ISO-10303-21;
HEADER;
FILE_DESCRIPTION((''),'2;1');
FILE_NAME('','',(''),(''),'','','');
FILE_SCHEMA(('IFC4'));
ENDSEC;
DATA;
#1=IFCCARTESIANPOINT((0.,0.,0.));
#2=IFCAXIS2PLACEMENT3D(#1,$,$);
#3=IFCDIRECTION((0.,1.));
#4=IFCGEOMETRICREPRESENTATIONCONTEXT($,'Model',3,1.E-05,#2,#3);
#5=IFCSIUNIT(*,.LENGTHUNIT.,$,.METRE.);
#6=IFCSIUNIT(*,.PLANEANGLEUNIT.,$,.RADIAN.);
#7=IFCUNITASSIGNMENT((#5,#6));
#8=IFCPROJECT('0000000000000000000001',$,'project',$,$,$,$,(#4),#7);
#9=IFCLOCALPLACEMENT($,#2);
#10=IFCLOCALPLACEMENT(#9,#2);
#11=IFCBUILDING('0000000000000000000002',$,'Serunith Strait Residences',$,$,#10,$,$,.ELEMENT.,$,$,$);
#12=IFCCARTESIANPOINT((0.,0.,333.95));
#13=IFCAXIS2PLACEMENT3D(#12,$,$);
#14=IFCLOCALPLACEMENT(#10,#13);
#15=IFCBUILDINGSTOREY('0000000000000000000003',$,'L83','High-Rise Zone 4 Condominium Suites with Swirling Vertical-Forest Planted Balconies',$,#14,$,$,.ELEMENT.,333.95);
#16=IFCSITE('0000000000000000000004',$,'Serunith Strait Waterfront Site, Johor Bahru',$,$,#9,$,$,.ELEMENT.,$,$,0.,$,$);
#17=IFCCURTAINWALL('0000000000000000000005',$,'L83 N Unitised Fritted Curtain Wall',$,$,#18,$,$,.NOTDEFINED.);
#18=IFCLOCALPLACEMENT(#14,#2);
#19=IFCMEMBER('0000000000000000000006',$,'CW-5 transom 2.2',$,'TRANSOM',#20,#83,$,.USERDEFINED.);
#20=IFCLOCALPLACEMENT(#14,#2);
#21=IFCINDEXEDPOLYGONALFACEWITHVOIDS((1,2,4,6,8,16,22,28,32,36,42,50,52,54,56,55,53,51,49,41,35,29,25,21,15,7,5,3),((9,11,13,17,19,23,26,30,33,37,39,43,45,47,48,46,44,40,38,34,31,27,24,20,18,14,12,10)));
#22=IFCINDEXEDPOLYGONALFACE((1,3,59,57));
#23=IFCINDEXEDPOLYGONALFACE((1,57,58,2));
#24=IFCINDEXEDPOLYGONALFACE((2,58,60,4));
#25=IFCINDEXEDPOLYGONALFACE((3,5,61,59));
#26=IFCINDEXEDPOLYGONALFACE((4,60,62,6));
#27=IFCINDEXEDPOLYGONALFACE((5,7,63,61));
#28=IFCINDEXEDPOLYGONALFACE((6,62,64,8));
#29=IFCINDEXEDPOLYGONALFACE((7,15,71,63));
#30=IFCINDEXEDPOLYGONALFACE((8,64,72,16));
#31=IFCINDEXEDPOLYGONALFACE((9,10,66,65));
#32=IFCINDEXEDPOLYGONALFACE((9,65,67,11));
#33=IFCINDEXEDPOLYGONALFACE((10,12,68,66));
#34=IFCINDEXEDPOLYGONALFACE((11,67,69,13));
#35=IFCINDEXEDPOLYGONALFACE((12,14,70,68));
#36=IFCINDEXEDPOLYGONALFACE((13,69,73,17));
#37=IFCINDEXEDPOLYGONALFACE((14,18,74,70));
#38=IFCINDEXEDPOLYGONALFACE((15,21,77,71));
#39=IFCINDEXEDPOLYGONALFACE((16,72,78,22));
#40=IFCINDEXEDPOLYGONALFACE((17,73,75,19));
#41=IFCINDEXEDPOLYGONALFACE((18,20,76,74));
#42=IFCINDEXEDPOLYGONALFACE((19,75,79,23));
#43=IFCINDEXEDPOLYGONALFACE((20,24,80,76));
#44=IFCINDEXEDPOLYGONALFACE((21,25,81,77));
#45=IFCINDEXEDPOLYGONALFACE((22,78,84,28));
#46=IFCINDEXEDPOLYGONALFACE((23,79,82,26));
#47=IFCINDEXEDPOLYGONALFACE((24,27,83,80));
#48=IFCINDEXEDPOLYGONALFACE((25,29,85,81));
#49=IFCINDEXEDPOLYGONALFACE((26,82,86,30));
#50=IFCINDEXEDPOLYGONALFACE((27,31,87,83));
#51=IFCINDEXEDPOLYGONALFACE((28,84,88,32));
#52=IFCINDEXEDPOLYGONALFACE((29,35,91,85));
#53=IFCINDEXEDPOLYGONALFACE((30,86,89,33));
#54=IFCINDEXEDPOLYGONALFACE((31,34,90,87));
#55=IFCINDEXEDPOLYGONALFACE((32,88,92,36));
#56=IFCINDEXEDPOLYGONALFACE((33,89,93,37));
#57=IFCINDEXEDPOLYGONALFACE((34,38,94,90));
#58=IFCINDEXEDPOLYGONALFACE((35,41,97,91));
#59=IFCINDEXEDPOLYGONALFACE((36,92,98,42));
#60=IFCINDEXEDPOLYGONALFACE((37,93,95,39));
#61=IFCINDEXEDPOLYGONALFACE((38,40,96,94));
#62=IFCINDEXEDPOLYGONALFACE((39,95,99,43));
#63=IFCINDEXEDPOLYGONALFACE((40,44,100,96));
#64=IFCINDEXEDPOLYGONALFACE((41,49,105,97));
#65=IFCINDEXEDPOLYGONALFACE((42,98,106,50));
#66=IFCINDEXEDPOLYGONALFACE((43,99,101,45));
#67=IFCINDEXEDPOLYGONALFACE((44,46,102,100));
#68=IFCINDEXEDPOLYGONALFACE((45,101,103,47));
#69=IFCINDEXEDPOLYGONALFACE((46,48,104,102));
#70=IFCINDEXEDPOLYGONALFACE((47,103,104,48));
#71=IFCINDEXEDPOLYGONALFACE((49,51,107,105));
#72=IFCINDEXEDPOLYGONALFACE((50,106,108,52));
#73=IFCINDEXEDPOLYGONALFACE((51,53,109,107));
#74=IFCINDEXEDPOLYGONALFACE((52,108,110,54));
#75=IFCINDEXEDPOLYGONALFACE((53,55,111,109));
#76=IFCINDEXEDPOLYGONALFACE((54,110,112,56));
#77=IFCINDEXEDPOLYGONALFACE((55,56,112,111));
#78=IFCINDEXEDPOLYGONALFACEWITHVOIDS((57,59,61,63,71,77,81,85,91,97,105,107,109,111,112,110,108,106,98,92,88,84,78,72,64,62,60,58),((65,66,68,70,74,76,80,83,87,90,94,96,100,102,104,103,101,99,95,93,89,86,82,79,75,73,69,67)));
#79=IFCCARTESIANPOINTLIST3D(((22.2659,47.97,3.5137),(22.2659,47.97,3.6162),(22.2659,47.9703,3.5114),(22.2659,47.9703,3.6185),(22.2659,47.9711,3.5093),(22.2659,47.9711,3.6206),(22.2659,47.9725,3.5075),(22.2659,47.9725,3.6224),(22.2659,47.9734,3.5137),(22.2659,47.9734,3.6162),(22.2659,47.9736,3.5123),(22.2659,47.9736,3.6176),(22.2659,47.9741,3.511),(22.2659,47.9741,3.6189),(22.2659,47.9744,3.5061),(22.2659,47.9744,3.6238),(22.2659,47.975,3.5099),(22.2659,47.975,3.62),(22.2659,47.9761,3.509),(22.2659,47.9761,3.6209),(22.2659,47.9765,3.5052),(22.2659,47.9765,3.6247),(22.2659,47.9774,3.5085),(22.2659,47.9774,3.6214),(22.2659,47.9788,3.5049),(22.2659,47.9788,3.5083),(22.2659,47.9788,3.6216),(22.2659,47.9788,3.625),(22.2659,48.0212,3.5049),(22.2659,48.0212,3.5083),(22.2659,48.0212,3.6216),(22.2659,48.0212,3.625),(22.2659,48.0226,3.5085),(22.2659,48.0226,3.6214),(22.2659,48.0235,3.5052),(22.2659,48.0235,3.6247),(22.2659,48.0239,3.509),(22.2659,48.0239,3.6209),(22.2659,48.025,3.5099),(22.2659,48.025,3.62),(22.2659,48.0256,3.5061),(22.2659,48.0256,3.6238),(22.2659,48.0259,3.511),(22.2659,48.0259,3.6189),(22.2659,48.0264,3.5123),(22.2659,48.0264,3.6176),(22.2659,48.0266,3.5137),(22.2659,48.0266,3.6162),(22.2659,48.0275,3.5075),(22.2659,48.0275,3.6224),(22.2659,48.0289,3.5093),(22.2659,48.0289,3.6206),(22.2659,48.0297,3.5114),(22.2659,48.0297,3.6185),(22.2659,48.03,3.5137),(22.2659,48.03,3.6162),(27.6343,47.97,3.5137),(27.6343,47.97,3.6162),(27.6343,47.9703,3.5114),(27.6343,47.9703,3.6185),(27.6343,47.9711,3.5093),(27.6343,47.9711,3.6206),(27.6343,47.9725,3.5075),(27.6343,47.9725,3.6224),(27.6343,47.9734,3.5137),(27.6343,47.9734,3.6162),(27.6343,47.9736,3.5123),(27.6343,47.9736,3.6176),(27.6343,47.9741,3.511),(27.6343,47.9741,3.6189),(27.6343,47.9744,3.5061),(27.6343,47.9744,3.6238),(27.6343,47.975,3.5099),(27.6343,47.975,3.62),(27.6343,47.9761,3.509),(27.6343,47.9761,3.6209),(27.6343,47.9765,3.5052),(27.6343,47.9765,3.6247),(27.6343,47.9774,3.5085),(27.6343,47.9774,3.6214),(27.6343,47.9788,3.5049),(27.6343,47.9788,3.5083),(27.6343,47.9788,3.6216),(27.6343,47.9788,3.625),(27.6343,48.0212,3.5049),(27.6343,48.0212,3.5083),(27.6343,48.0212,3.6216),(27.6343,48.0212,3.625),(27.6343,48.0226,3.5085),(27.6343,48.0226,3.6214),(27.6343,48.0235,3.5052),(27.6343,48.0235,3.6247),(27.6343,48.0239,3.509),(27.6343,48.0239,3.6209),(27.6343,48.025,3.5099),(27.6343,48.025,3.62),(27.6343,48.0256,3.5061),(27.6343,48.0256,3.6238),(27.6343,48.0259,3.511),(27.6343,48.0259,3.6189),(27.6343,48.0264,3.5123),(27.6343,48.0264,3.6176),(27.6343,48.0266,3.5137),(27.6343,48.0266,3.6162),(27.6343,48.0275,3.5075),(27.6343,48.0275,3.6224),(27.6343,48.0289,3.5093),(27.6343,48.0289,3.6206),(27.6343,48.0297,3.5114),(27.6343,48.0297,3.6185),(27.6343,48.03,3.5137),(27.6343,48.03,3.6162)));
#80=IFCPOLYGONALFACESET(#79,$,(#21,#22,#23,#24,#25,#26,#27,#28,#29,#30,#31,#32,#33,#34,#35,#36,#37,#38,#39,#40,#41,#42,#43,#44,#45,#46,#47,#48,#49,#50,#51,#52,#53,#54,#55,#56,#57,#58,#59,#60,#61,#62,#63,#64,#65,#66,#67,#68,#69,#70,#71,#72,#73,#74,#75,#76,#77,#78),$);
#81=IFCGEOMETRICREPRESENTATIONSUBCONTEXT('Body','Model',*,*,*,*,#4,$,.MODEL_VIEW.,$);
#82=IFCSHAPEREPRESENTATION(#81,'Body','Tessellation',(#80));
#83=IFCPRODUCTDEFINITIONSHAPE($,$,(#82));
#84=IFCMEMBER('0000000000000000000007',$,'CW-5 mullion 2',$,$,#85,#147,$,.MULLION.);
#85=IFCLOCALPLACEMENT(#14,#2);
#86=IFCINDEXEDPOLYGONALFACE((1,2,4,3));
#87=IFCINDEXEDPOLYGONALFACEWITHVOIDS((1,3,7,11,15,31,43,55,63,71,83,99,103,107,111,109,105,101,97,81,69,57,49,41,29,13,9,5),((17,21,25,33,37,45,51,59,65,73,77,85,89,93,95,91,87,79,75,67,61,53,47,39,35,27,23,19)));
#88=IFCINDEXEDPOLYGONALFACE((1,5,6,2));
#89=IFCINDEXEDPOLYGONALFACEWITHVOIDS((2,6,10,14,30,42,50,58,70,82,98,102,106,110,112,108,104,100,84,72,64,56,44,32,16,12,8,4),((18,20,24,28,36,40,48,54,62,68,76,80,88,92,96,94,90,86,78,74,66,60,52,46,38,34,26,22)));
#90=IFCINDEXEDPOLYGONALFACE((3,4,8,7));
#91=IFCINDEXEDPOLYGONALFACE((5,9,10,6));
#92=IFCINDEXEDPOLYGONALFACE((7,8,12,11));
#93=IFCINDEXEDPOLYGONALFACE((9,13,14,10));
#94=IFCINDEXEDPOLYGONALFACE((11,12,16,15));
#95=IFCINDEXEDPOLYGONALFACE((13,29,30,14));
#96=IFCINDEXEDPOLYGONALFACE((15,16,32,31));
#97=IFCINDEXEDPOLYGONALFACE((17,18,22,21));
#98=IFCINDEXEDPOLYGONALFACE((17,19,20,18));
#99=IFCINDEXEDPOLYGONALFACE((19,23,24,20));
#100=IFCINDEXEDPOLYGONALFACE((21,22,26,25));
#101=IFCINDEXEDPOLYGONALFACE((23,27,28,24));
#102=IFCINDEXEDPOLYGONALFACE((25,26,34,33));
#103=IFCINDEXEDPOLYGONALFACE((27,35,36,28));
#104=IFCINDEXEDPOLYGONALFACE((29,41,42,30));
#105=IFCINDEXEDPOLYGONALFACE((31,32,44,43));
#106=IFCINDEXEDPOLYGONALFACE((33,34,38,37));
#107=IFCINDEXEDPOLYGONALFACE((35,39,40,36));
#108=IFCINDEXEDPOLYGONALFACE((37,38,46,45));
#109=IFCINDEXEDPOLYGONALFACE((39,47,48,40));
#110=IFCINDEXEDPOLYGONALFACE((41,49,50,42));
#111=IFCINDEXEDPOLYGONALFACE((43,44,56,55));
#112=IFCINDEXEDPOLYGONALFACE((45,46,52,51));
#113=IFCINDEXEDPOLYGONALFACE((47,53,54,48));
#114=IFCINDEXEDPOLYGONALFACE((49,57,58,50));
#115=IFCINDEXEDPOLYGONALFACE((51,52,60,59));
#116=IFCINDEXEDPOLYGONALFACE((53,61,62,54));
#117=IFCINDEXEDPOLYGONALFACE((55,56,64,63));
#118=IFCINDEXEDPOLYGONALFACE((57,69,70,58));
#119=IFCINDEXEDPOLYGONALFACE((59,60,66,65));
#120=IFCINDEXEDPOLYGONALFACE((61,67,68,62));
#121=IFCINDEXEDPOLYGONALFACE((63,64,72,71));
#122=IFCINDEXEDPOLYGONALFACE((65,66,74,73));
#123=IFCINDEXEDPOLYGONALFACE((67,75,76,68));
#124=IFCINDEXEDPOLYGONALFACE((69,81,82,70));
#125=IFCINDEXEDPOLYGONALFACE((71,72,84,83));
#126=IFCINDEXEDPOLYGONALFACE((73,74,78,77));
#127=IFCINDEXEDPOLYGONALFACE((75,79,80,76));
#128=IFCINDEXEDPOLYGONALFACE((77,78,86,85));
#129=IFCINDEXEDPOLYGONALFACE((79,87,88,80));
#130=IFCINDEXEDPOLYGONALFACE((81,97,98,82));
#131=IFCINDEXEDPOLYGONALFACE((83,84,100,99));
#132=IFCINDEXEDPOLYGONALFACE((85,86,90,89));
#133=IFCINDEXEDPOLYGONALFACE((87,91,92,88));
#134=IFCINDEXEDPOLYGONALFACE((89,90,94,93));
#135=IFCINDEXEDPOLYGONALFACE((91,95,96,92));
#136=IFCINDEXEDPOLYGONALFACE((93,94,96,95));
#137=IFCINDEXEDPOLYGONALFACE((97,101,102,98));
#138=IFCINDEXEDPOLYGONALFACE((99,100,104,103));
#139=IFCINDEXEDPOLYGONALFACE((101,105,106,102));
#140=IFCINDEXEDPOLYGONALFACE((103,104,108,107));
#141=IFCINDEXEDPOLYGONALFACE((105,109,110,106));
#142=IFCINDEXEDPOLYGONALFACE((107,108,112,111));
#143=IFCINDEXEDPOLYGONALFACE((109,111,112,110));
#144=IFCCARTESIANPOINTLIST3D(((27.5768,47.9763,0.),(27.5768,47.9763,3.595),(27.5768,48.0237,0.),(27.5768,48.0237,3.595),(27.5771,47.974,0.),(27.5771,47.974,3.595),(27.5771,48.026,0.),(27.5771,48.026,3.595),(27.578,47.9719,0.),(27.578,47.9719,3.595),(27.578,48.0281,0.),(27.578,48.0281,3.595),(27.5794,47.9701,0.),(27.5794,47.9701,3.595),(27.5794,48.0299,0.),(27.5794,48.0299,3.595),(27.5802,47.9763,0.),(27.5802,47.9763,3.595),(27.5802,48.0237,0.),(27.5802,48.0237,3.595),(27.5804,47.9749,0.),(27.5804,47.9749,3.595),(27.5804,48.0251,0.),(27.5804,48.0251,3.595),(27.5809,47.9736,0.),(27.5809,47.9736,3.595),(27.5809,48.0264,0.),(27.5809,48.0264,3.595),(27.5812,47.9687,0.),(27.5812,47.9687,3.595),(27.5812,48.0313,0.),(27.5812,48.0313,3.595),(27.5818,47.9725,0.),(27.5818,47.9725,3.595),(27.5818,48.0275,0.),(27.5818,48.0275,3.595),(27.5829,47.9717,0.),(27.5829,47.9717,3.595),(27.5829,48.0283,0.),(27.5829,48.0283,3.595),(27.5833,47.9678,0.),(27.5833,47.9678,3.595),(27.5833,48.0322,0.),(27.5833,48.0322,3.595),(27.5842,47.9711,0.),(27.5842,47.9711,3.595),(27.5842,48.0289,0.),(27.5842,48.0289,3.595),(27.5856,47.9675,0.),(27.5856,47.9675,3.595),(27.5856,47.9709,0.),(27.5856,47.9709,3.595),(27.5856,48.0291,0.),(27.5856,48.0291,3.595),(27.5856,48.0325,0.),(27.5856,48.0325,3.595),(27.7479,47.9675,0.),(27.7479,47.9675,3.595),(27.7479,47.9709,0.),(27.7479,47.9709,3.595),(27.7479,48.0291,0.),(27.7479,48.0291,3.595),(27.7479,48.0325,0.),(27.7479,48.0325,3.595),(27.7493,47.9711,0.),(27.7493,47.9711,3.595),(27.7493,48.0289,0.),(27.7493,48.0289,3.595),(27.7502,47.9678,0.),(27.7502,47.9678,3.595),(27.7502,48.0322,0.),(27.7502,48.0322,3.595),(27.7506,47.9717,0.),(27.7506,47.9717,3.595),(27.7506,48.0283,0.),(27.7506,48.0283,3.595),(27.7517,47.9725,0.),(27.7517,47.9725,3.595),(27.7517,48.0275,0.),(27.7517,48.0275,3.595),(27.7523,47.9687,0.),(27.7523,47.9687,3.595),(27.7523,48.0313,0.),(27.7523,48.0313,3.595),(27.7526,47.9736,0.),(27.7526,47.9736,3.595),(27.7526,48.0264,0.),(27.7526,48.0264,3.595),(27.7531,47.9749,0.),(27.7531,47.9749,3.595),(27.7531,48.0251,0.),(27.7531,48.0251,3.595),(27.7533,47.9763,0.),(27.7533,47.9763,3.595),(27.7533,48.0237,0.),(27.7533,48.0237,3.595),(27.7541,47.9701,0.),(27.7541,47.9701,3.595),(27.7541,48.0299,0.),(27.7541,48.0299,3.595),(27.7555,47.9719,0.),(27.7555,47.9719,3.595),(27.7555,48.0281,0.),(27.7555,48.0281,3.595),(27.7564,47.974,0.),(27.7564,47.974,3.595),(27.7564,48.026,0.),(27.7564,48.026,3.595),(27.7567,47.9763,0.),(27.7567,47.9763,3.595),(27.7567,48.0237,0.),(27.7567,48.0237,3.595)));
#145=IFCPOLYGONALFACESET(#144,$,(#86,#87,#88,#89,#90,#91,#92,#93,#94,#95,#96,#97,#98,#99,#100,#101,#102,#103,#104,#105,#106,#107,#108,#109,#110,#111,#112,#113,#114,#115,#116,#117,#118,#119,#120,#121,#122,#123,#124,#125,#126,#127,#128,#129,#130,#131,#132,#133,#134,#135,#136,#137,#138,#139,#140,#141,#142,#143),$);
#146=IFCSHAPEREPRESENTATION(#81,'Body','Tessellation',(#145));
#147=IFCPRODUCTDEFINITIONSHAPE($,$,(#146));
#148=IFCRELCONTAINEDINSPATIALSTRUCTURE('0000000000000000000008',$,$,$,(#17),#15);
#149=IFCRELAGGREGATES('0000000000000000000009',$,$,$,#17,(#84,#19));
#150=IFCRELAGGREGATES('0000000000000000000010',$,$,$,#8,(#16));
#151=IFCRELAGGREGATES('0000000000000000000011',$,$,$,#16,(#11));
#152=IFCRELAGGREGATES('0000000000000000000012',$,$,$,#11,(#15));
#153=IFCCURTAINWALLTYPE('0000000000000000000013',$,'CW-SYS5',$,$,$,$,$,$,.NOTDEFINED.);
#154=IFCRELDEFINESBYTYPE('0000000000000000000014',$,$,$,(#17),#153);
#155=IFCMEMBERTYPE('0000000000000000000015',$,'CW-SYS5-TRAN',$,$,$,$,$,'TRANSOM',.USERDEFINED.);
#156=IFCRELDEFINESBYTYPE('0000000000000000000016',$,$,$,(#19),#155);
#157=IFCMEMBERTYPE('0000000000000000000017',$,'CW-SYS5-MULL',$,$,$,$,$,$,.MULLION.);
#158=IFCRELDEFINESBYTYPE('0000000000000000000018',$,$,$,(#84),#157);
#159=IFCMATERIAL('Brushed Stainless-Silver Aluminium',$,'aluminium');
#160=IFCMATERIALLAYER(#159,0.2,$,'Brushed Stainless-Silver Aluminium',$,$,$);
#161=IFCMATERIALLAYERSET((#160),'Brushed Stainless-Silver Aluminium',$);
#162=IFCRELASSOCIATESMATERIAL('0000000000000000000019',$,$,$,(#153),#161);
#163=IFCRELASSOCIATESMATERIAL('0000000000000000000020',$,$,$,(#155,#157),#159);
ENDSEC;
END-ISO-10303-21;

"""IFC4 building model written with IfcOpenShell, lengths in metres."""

from ifc_helpers import new_model, si_unit, direction, frame, origin, origin_2d, place, context, subcontext, project, spatial, hollow_rectangle, extrude, source, transform, mapped, material, layer, layer_set, material_profile, profile_set, type_object, element, aggregate, save


model = new_model("IFC4")

# Units and contexts
model_context = context("Model", 3, precision=1e-05, world=origin(), true_north=direction((0.0, 1.0)))
body_context = subcontext(model_context, "Body", "Model", "MODEL_VIEW")
ifc_project = project(units=[si_unit("LENGTHUNIT", "METRE"), si_unit("PLANEANGLEUNIT", "RADIAN")], contexts=[model_context])

# Site, building, storey
site_placement = place(None, origin())
site = spatial("IfcSite", under=ifc_project, at=site_placement, Name="Serunith Strait Waterfront Site, Johor Bahru", CompositionType="ELEMENT", RefElevation=0.0)
building_placement = place(site_placement, origin())
building = spatial("IfcBuilding", under=site, at=building_placement, Name="Serunith Strait Residences", CompositionType="ELEMENT")
storey_placement = place(building_placement, frame((0.0, 0.0, 333.95)))
storey = spatial("IfcBuildingStorey", under=building, at=storey_placement, Name="L83", Description="High-Rise Zone 4 Condominium Suites with Swirling Vertical-Forest Planted Balconies", CompositionType="ELEMENT", Elevation=333.95)

# Curtain wall, members
ifc_material_1 = material(Name="Brushed Stainless-Silver Aluminium", Category="aluminium")
ifc_layer_1 = layer(ifc_material_1, 0.2, Name="Brushed Stainless-Silver Aluminium")
ifc_layer_set_1 = layer_set([ifc_layer_1], Name="Brushed Stainless-Silver Aluminium")
curtain_wall_type = type_object("IfcCurtainWallType", Name="CW-SYS5", PredefinedType="NOTDEFINED", material=ifc_layer_set_1)
curtain_wall_placement = place(storey_placement, origin())
curtain_wall = element("IfcCurtainWall", 1, at=curtain_wall_placement, inside=storey, type_object=curtain_wall_type, Name="L83 N Unitised Fritted Curtain Wall", PredefinedType="NOTDEFINED")
ifc_material_profile_1 = material_profile(ifc_material_1, hollow_rectangle(XDim=0.0601, YDim=0.1201, WallThickness=0.0034, InnerFilletRadius=0.0054, OuterFilletRadius=0.0088, at=origin_2d()), Name="ALU 120x60x3.5")
ifc_profile_set_1 = profile_set([ifc_material_profile_1], Name="Brushed Stainless-Silver Aluminium")
member_type_1 = type_object("IfcMemberType", Name="CW-SYS5-TRAN", ElementType="TRANSOM", PredefinedType="USERDEFINED", material=ifc_profile_set_1)
shared_shape_1 = source(origin(), body_context, "Body", "SweptSolid", [
    extrude(hollow_rectangle(XDim=0.0601, YDim=0.1201, WallThickness=0.0034, InnerFilletRadius=0.0054, OuterFilletRadius=0.0088, at=origin_2d()), origin(), (0.0, 0.0, 1.0), 5.3684),
])
member_1_placement = place(storey_placement, frame((27.6343, 48.0, 3.5649), z_axis=(-1.0, 0.0, 0.0), x_axis=(0.0, -1.0, 0.0)))
member_1 = element("IfcMember", 2, at=member_1_placement, type_object=member_type_1, Name="CW-5 transom 2.2", ObjectType="TRANSOM", PredefinedType="USERDEFINED", context=body_context, shape_type="MappedRepresentation", body=[
    mapped(shared_shape_1, transform((0.0, 0.0, 0.0), scale=1.0)),
])
ifc_material_profile_2 = material_profile(ifc_material_1, hollow_rectangle(XDim=0.0649, YDim=0.1799, WallThickness=0.0034, InnerFilletRadius=0.0054, OuterFilletRadius=0.0088, at=origin_2d()), Name="ALU 180x65x3.5")
ifc_profile_set_2 = profile_set([ifc_material_profile_2], Name="Brushed Stainless-Silver Aluminium")
member_type_2 = type_object("IfcMemberType", Name="CW-SYS5-MULL", PredefinedType="MULLION", material=ifc_profile_set_2)
shared_shape_2 = source(origin(), body_context, "Body", "SweptSolid", [
    extrude(hollow_rectangle(XDim=0.0649, YDim=0.1799, WallThickness=0.0034, InnerFilletRadius=0.0054, OuterFilletRadius=0.0088, at=origin_2d()), origin(), (0.0, 0.0, 1.0), 3.595),
])
member_2_placement = place(storey_placement, frame((27.6667, 48.0, 0.0), z_axis=(0.0, 0.0, 1.0), x_axis=(0.0, -1.0, 0.0)))
member_2 = element("IfcMember", 3, at=member_2_placement, type_object=member_type_2, Name="CW-5 mullion 2", PredefinedType="MULLION", context=body_context, shape_type="MappedRepresentation", body=[
    mapped(shared_shape_2, transform((0.0, 0.0, 0.0), scale=1.0)),
])
aggregate(curtain_wall, [member_2, member_1])

save(model, "model.ifc")
